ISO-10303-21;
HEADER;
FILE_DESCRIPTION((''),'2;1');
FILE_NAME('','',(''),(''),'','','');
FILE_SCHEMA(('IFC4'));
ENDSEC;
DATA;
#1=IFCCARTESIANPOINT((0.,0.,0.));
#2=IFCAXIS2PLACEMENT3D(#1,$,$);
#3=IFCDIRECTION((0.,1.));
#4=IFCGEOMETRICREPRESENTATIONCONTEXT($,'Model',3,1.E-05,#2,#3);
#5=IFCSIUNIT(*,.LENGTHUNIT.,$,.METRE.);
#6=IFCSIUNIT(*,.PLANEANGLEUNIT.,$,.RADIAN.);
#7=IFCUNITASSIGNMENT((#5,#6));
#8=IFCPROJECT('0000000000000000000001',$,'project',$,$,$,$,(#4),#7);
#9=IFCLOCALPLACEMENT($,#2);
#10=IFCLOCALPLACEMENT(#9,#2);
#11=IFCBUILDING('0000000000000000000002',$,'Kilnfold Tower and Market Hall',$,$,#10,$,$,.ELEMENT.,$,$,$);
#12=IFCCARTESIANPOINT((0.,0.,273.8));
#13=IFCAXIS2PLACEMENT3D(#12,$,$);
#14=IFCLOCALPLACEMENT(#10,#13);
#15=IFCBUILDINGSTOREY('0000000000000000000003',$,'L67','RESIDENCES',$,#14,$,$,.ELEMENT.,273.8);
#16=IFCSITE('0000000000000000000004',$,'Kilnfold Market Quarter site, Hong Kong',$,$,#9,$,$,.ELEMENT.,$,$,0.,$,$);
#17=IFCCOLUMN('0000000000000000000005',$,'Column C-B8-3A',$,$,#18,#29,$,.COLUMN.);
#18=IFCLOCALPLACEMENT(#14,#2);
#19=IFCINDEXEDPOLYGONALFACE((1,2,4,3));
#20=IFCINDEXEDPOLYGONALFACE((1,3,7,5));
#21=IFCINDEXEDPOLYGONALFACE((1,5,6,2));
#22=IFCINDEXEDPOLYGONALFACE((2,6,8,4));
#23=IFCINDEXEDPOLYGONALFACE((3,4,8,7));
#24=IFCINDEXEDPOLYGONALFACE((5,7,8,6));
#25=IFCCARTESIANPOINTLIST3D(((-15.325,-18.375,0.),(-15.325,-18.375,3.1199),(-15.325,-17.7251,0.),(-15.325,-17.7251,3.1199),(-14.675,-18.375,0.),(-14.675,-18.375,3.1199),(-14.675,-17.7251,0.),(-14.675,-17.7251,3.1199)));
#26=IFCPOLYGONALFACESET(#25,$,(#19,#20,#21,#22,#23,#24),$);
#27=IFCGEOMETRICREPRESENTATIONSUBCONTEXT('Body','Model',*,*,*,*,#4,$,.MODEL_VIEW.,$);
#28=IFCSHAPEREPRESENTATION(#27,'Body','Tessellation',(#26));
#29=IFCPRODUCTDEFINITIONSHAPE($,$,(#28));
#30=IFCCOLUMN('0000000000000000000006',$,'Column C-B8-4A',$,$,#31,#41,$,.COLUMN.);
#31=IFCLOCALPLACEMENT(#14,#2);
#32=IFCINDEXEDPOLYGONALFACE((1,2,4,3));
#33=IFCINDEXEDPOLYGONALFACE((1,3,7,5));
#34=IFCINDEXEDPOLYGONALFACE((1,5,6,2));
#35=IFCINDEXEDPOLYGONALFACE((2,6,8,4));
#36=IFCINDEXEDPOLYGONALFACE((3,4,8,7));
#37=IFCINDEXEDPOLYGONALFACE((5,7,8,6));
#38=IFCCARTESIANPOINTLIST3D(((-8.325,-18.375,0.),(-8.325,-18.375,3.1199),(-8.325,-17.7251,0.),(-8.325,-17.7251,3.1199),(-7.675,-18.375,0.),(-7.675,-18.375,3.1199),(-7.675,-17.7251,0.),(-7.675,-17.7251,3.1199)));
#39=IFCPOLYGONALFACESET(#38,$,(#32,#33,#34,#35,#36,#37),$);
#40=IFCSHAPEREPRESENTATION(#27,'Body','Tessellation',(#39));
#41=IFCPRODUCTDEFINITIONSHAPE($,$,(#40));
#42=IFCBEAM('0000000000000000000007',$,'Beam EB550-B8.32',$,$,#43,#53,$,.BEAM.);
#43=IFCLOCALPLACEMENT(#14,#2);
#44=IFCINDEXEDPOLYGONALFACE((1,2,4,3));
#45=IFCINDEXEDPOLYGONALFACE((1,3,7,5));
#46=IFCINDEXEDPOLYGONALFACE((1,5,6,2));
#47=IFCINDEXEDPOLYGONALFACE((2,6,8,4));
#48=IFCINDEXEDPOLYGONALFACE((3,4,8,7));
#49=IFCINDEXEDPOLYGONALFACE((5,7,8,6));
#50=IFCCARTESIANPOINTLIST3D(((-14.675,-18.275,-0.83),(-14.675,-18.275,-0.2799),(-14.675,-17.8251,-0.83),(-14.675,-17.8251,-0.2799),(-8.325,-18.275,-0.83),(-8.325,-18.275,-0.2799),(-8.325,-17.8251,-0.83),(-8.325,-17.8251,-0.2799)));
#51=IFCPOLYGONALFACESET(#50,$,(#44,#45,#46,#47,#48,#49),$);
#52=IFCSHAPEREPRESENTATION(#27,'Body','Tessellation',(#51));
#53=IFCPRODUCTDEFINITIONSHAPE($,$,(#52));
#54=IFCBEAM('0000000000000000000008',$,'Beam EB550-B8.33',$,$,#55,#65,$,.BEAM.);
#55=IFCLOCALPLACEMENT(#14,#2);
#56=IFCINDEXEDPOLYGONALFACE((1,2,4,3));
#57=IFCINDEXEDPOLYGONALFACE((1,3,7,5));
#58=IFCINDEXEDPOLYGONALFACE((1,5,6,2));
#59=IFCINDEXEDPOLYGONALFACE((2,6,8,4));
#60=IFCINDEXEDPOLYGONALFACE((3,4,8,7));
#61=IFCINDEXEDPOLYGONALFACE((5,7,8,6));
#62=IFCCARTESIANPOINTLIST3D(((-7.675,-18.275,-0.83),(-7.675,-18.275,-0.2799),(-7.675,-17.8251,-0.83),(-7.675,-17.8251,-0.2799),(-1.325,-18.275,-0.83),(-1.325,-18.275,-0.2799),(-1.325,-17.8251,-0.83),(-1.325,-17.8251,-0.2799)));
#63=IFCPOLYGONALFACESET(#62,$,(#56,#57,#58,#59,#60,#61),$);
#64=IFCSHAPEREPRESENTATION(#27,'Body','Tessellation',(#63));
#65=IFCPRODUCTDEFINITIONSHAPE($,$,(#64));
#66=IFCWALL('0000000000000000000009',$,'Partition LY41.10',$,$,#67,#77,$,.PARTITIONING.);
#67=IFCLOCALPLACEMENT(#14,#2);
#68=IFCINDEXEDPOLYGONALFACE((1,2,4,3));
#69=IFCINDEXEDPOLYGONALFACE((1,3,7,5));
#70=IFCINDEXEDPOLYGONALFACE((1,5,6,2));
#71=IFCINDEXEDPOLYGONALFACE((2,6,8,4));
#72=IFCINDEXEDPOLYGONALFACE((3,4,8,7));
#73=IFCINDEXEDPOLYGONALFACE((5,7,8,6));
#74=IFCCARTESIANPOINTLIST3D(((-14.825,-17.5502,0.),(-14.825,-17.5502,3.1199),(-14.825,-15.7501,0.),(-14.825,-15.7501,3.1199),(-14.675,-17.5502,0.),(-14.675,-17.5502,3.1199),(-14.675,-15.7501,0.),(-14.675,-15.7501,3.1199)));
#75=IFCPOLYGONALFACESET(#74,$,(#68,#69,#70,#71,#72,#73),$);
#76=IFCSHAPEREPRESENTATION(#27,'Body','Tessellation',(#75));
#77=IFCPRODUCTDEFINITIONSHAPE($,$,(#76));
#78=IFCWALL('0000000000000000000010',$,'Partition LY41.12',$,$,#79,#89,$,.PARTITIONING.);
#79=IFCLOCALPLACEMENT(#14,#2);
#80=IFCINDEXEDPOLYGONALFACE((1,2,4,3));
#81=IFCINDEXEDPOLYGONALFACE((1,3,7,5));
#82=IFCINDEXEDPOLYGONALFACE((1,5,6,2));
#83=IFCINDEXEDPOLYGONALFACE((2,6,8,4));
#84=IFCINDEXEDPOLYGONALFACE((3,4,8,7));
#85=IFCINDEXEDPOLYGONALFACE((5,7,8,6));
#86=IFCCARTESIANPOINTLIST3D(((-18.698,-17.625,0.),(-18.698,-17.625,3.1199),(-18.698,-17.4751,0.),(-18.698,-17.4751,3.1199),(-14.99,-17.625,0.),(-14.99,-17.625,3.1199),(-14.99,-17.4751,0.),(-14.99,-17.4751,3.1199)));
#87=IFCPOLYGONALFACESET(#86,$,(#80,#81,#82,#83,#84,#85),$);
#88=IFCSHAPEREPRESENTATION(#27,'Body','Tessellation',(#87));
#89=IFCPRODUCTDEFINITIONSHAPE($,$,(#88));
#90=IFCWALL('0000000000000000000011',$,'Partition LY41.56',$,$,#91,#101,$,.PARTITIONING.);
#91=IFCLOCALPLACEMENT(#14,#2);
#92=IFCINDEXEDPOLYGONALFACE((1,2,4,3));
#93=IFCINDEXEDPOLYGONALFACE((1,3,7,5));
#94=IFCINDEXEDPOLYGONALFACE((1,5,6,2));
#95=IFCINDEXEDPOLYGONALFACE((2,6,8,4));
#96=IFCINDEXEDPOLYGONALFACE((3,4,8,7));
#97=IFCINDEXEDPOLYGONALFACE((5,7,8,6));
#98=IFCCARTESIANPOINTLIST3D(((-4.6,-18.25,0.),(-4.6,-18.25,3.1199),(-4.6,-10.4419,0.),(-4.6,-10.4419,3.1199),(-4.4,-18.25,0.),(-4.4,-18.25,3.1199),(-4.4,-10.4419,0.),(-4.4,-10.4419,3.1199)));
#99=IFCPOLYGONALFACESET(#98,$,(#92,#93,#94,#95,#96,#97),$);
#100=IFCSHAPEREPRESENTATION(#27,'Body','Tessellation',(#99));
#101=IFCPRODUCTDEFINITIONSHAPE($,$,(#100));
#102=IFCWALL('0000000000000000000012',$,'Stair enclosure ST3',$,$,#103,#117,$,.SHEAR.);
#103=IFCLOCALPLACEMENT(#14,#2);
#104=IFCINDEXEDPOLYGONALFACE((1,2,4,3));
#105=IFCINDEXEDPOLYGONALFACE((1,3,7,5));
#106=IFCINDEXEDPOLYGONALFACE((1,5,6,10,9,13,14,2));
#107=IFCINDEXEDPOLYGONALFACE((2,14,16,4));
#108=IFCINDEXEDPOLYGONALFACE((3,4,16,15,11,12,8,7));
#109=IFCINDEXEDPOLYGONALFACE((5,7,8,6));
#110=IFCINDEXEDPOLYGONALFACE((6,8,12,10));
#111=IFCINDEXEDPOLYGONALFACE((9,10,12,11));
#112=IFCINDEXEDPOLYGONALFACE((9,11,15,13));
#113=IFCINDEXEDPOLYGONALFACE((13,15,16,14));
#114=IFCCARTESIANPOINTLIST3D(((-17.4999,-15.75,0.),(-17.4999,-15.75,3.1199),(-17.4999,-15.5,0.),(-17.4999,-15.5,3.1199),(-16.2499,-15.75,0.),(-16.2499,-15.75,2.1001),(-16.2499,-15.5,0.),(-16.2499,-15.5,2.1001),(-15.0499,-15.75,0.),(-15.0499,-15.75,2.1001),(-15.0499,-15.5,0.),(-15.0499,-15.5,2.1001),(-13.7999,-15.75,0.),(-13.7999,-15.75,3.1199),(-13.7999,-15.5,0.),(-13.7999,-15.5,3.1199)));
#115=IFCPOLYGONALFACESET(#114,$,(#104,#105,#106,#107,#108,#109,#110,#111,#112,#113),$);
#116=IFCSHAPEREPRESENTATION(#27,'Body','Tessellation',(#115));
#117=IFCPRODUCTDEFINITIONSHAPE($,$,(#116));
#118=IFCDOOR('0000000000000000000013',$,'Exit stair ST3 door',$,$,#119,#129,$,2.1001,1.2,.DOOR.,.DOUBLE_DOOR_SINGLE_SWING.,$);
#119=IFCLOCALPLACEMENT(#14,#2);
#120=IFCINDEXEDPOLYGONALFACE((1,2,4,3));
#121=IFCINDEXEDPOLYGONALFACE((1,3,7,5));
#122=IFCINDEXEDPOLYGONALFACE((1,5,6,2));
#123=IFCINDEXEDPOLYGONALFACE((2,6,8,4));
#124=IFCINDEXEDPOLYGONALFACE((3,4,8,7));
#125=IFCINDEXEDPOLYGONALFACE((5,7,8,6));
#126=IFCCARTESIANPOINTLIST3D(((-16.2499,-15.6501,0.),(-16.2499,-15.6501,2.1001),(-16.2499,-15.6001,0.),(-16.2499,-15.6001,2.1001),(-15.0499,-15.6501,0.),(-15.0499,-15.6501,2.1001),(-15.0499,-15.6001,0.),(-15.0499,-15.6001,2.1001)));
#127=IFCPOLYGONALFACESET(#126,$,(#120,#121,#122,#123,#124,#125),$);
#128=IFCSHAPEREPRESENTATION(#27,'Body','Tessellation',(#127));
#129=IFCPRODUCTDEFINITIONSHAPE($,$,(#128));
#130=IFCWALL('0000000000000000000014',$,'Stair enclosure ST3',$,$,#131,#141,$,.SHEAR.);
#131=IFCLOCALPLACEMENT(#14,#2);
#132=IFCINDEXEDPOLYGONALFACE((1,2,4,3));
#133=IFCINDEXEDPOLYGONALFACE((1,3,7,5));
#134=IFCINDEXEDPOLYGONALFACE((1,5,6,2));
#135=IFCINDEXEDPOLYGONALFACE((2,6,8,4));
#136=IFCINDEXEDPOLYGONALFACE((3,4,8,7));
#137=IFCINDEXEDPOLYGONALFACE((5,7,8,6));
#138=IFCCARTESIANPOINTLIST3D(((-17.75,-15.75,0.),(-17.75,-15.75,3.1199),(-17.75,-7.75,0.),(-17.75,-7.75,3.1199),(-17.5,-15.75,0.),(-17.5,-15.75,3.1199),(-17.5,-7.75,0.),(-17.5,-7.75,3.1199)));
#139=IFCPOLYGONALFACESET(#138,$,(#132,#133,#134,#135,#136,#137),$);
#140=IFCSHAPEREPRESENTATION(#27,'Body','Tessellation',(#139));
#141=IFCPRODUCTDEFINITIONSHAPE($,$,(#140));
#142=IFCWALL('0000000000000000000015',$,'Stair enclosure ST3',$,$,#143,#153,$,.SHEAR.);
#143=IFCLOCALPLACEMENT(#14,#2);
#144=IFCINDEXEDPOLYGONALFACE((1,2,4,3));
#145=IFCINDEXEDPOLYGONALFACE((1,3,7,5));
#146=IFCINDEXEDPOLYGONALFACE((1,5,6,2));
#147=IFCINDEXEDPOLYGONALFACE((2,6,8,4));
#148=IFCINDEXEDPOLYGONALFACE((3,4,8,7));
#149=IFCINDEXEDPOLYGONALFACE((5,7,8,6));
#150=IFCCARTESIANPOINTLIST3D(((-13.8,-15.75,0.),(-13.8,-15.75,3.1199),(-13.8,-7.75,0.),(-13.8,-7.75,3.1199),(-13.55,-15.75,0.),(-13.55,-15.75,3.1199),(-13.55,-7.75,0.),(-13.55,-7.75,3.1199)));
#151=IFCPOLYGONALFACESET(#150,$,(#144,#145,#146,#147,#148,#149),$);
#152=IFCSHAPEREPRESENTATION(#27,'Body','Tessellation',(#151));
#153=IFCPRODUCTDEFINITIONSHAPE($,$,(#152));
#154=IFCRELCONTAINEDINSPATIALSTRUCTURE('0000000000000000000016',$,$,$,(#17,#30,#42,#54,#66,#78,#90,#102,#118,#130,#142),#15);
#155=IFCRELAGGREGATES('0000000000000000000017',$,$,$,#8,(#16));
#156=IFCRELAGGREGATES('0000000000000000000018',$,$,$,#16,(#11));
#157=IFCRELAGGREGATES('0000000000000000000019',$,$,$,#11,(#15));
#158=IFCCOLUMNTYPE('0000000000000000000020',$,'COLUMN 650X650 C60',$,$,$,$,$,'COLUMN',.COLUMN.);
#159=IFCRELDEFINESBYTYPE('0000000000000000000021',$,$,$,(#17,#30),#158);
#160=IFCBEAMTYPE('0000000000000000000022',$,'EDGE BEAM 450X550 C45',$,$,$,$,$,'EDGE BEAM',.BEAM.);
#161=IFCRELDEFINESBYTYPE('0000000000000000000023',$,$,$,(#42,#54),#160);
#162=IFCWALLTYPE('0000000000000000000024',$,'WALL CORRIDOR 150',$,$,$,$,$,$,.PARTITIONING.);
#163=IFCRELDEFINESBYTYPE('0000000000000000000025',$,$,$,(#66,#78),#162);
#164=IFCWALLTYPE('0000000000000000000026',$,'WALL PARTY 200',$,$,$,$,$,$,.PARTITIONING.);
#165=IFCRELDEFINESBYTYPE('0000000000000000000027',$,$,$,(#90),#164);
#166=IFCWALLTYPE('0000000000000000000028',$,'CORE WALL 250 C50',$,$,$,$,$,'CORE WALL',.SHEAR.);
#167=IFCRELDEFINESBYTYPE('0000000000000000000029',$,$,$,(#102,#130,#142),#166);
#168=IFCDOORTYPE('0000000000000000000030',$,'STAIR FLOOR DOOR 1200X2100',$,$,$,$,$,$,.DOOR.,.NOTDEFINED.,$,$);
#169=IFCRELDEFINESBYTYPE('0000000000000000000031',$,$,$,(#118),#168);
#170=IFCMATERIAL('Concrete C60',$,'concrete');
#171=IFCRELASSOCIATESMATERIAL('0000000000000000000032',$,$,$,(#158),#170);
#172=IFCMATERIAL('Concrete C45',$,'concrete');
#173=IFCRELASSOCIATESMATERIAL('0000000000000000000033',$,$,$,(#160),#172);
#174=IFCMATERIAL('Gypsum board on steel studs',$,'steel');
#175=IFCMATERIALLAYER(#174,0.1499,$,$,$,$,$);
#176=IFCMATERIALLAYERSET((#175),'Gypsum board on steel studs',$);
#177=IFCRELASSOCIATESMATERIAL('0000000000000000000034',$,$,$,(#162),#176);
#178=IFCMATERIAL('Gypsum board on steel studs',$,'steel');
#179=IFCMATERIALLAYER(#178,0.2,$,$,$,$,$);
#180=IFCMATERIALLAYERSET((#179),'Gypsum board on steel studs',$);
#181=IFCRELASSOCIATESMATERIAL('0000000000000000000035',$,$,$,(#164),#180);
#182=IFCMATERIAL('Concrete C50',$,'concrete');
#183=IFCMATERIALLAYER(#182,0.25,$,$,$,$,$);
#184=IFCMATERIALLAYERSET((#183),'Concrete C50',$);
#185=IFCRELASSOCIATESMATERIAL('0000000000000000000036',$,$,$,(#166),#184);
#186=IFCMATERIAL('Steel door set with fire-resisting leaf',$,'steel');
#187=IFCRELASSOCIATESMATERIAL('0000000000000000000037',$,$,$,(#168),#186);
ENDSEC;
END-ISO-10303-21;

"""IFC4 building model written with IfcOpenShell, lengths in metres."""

from ifc_helpers import new_model, si_unit, direction, frame, frame_2d, origin, origin_2d, place, context, subcontext, project, spatial, rectangle, extrude, source, transform, mapped, material, layer, layer_set, material_profile, profile_set, type_object, element, fill, save


model = new_model("IFC4")

# Units and contexts
model_context = context("Model", 3, precision=1e-05, world=origin(), true_north=direction((0.0, 1.0)))
body_context = subcontext(model_context, "Body", "Model", "MODEL_VIEW")
ifc_project = project(units=[si_unit("LENGTHUNIT", "METRE"), si_unit("PLANEANGLEUNIT", "RADIAN")], contexts=[model_context])

# Site, building, storey
site_placement = place(None, origin())
site = spatial("IfcSite", under=ifc_project, at=site_placement, Name="Kilnfold Market Quarter site, Hong Kong", CompositionType="ELEMENT", RefElevation=0.0)
building_placement = place(site_placement, origin())
building = spatial("IfcBuilding", under=site, at=building_placement, Name="Kilnfold Tower and Market Hall", CompositionType="ELEMENT")
storey_placement = place(building_placement, frame((0.0, 0.0, 273.8)))
storey = spatial("IfcBuildingStorey", under=building, at=storey_placement, Name="L67", Description="RESIDENCES", CompositionType="ELEMENT", Elevation=273.8)

# Columns
ifc_material_1 = material(Name="Concrete C60", Category="concrete")
ifc_material_profile_1 = material_profile(ifc_material_1, rectangle(XDim=0.6499, YDim=0.6499, at=origin_2d()), Name="RC 650x650")
ifc_profile_set_1 = profile_set([ifc_material_profile_1], Name="Concrete C60")
column_type = type_object("IfcColumnType", Name="COLUMN 650X650 C60", ElementType="COLUMN", PredefinedType="COLUMN", material=ifc_profile_set_1)
shared_shape_1 = source(origin(), body_context, "Body", "SweptSolid", [
    extrude(rectangle(XDim=0.6499, YDim=0.6499, at=origin_2d()), origin(), (0.0, 0.0, 1.0), 3.1199),
])
for number, where, z_axis, x_axis, name in (
    (1, (-15.0, -18.05, 0.0), (0.0, 0.0, 1.0), (1.0, 0.0, 0.0), "Column C-B8-3A"),
    (2, (-8.0, -18.05, 0.0), (0.0, 0.0, 1.0), (1.0, 0.0, 0.0), "Column C-B8-4A"),
):
    element("IfcColumn", number, at=place(storey_placement, frame(where, z_axis=z_axis, x_axis=x_axis)), inside=storey, type_object=column_type, Name=name, PredefinedType="COLUMN", context=body_context, shape_type="MappedRepresentation", body=[
        mapped(shared_shape_1, transform((0.0, 0.0, 0.0))),
    ])

# Beams
ifc_material_2 = material(Name="Concrete C45", Category="concrete")
ifc_material_profile_2 = material_profile(ifc_material_2, rectangle(XDim=0.45, YDim=0.55, at=origin_2d()), Name="RC 450x550")
ifc_profile_set_2 = profile_set([ifc_material_profile_2], Name="Concrete C45")
beam_type = type_object("IfcBeamType", Name="EDGE BEAM 450X550 C45", ElementType="EDGE BEAM", PredefinedType="BEAM", material=ifc_profile_set_2)
shared_shape_2 = source(origin(), body_context, "Body", "SweptSolid", [
    extrude(rectangle(XDim=0.45, YDim=0.55, at=origin_2d()), origin(), (0.0, 0.0, 1.0), 6.3501),
])
for number, where, z_axis, x_axis, name in (
    (3, (-14.675, -18.05, -0.5549), (1.0, 0.0, 0.0), (0.0, 1.0, 0.0), "Beam EB550-B8.32"),
    (4, (-7.675, -18.05, -0.5549), (1.0, 0.0, 0.0), (0.0, 1.0, 0.0), "Beam EB550-B8.33"),
):
    element("IfcBeam", number, at=place(storey_placement, frame(where, z_axis=z_axis, x_axis=x_axis)), inside=storey, type_object=beam_type, Name=name, PredefinedType="BEAM", context=body_context, shape_type="MappedRepresentation", body=[
        mapped(shared_shape_2, transform((0.0, 0.0, 0.0))),
    ])

# Walls
ifc_material_3 = material(Name="Gypsum board on steel studs", Category="steel")
ifc_layer_1 = layer(ifc_material_3, 0.1499)
ifc_layer_set_1 = layer_set([ifc_layer_1], Name="Gypsum board on steel studs")
wall_type_1 = type_object("IfcWallType", Name="WALL CORRIDOR 150", PredefinedType="PARTITIONING", material=ifc_layer_set_1)
wall_1_placement = place(storey_placement, frame((-14.75, -17.55, 0.0), z_axis=(0.0, 0.0, 1.0), x_axis=(0.0, 1.0, 0.0)))
element("IfcWall", 5, at=wall_1_placement, inside=storey, type_object=wall_type_1, Name="Partition LY41.10", PredefinedType="PARTITIONING", context=body_context, shape_type="SweptSolid", body=[
    extrude(rectangle(XDim=1.8, YDim=0.1499, at=frame_2d((0.8999, 0.0))), origin(), (0.0, 0.0, 1.0), 3.1199),
])
wall_2_placement = place(storey_placement, frame((-18.698, -17.55, 0.0), z_axis=(0.0, 0.0, 1.0), x_axis=(1.0, 0.0, 0.0)))
element("IfcWall", 6, at=wall_2_placement, inside=storey, type_object=wall_type_1, Name="Partition LY41.12", PredefinedType="PARTITIONING", context=body_context, shape_type="SweptSolid", body=[
    extrude(rectangle(XDim=3.708, YDim=0.1499, at=frame_2d((1.854, 0.0))), origin(), (0.0, 0.0, 1.0), 3.1199),
])
ifc_material_4 = material(Name="Gypsum board on steel studs", Category="steel")
ifc_layer_2 = layer(ifc_material_4, 0.2)
ifc_layer_set_2 = layer_set([ifc_layer_2], Name="Gypsum board on steel studs")
wall_type_2 = type_object("IfcWallType", Name="WALL PARTY 200", PredefinedType="PARTITIONING", material=ifc_layer_set_2)
wall_3_placement = place(storey_placement, frame((-4.5, -18.25, 0.0), z_axis=(0.0, 0.0, 1.0), x_axis=(0.0, 1.0, 0.0)))
element("IfcWall", 7, at=wall_3_placement, inside=storey, type_object=wall_type_2, Name="Partition LY41.56", PredefinedType="PARTITIONING", context=body_context, shape_type="SweptSolid", body=[
    extrude(rectangle(XDim=7.8081, YDim=0.2, at=frame_2d((3.9041, 0.0))), origin(), (0.0, 0.0, 1.0), 3.1199),
])

# Wall, opening, door
ifc_material_5 = material(Name="Concrete C50", Category="concrete")
ifc_layer_3 = layer(ifc_material_5, 0.25)
ifc_layer_set_3 = layer_set([ifc_layer_3], Name="Concrete C50")
wall_type_3 = type_object("IfcWallType", Name="CORE WALL 250 C50", ElementType="CORE WALL", PredefinedType="SHEAR", material=ifc_layer_set_3)
shared_shape_3 = source(origin(), body_context, "Body", "SweptSolid", [
    extrude(rectangle(XDim=3.7, YDim=0.25, at=frame_2d((1.8501, 0.0))), origin(), (0.0, 0.0, 1.0), 3.1199),
])
wall_4_placement = place(storey_placement, frame((-17.5, -15.625, 0.0), z_axis=(0.0, 0.0, 1.0), x_axis=(1.0, 0.0, 0.0)))
wall_4 = element("IfcWall", 8, at=wall_4_placement, inside=storey, type_object=wall_type_3, Name="Stair enclosure ST3", PredefinedType="SHEAR", context=body_context, shape_type="MappedRepresentation", body=[
    mapped(shared_shape_3, transform((0.0, 0.0, 0.0))),
])
opening_1_placement = place(wall_4_placement, frame((1.25, 0.0, 0.0)))
opening_1 = element("IfcOpeningElement", 9, at=opening_1_placement, cuts=wall_4, PredefinedType="OPENING", context=body_context, shape_type="SweptSolid", body=[
    extrude(rectangle(XDim=1.2, YDim=2.1001, at=frame_2d((0.6001, 1.05))), frame((0.0, 0.135, 0.0), z_axis=(0.0, -1.0, 0.0), x_axis=(1.0, 0.0, 0.0)), (0.0, 0.0, 1.0), 0.27),
])
ifc_material_6 = material(Name="Steel door set with fire-resisting leaf", Category="steel")
door_type = type_object("IfcDoorType", Name="STAIR FLOOR DOOR 1200X2100", OperationType="NOTDEFINED", PredefinedType="DOOR", material=ifc_material_6)
door_placement = place(opening_1_placement, origin())
door = element("IfcDoor", 10, at=door_placement, inside=storey, type_object=door_type, Name="Exit stair ST3 door", OperationType="DOUBLE_DOOR_SINGLE_SWING", OverallHeight=2.1001, OverallWidth=1.2, PredefinedType="DOOR", context=body_context, shape_type="SweptSolid", body=[
    extrude(rectangle(XDim=1.2, YDim=2.1001, at=frame_2d((0.6001, 1.05))), frame((0.0, 0.0249, 0.0), z_axis=(0.0, -1.0, 0.0), x_axis=(1.0, 0.0, 0.0)), (0.0, 0.0, 1.0), 0.05),
])
fill(opening_1, door)

# Walls
shared_shape_4 = source(origin(), body_context, "Body", "SweptSolid", [
    extrude(rectangle(XDim=8.0, YDim=0.25, at=frame_2d((4.0, 0.0))), origin(), (0.0, 0.0, 1.0), 3.1199),
])
for number, where, z_axis, x_axis, name in (
    (11, (-17.625, -15.75, 0.0), (0.0, 0.0, 1.0), (0.0, 1.0, 0.0), "Stair enclosure ST3"),
    (12, (-13.675, -15.75, 0.0), (0.0, 0.0, 1.0), (0.0, 1.0, 0.0), "Stair enclosure ST3"),
):
    element("IfcWall", number, at=place(storey_placement, frame(where, z_axis=z_axis, x_axis=x_axis)), inside=storey, type_object=wall_type_3, Name=name, PredefinedType="SHEAR", context=body_context, shape_type="MappedRepresentation", body=[
        mapped(shared_shape_4, transform((0.0, 0.0, 0.0))),
    ])

save(model, "model.ifc")
